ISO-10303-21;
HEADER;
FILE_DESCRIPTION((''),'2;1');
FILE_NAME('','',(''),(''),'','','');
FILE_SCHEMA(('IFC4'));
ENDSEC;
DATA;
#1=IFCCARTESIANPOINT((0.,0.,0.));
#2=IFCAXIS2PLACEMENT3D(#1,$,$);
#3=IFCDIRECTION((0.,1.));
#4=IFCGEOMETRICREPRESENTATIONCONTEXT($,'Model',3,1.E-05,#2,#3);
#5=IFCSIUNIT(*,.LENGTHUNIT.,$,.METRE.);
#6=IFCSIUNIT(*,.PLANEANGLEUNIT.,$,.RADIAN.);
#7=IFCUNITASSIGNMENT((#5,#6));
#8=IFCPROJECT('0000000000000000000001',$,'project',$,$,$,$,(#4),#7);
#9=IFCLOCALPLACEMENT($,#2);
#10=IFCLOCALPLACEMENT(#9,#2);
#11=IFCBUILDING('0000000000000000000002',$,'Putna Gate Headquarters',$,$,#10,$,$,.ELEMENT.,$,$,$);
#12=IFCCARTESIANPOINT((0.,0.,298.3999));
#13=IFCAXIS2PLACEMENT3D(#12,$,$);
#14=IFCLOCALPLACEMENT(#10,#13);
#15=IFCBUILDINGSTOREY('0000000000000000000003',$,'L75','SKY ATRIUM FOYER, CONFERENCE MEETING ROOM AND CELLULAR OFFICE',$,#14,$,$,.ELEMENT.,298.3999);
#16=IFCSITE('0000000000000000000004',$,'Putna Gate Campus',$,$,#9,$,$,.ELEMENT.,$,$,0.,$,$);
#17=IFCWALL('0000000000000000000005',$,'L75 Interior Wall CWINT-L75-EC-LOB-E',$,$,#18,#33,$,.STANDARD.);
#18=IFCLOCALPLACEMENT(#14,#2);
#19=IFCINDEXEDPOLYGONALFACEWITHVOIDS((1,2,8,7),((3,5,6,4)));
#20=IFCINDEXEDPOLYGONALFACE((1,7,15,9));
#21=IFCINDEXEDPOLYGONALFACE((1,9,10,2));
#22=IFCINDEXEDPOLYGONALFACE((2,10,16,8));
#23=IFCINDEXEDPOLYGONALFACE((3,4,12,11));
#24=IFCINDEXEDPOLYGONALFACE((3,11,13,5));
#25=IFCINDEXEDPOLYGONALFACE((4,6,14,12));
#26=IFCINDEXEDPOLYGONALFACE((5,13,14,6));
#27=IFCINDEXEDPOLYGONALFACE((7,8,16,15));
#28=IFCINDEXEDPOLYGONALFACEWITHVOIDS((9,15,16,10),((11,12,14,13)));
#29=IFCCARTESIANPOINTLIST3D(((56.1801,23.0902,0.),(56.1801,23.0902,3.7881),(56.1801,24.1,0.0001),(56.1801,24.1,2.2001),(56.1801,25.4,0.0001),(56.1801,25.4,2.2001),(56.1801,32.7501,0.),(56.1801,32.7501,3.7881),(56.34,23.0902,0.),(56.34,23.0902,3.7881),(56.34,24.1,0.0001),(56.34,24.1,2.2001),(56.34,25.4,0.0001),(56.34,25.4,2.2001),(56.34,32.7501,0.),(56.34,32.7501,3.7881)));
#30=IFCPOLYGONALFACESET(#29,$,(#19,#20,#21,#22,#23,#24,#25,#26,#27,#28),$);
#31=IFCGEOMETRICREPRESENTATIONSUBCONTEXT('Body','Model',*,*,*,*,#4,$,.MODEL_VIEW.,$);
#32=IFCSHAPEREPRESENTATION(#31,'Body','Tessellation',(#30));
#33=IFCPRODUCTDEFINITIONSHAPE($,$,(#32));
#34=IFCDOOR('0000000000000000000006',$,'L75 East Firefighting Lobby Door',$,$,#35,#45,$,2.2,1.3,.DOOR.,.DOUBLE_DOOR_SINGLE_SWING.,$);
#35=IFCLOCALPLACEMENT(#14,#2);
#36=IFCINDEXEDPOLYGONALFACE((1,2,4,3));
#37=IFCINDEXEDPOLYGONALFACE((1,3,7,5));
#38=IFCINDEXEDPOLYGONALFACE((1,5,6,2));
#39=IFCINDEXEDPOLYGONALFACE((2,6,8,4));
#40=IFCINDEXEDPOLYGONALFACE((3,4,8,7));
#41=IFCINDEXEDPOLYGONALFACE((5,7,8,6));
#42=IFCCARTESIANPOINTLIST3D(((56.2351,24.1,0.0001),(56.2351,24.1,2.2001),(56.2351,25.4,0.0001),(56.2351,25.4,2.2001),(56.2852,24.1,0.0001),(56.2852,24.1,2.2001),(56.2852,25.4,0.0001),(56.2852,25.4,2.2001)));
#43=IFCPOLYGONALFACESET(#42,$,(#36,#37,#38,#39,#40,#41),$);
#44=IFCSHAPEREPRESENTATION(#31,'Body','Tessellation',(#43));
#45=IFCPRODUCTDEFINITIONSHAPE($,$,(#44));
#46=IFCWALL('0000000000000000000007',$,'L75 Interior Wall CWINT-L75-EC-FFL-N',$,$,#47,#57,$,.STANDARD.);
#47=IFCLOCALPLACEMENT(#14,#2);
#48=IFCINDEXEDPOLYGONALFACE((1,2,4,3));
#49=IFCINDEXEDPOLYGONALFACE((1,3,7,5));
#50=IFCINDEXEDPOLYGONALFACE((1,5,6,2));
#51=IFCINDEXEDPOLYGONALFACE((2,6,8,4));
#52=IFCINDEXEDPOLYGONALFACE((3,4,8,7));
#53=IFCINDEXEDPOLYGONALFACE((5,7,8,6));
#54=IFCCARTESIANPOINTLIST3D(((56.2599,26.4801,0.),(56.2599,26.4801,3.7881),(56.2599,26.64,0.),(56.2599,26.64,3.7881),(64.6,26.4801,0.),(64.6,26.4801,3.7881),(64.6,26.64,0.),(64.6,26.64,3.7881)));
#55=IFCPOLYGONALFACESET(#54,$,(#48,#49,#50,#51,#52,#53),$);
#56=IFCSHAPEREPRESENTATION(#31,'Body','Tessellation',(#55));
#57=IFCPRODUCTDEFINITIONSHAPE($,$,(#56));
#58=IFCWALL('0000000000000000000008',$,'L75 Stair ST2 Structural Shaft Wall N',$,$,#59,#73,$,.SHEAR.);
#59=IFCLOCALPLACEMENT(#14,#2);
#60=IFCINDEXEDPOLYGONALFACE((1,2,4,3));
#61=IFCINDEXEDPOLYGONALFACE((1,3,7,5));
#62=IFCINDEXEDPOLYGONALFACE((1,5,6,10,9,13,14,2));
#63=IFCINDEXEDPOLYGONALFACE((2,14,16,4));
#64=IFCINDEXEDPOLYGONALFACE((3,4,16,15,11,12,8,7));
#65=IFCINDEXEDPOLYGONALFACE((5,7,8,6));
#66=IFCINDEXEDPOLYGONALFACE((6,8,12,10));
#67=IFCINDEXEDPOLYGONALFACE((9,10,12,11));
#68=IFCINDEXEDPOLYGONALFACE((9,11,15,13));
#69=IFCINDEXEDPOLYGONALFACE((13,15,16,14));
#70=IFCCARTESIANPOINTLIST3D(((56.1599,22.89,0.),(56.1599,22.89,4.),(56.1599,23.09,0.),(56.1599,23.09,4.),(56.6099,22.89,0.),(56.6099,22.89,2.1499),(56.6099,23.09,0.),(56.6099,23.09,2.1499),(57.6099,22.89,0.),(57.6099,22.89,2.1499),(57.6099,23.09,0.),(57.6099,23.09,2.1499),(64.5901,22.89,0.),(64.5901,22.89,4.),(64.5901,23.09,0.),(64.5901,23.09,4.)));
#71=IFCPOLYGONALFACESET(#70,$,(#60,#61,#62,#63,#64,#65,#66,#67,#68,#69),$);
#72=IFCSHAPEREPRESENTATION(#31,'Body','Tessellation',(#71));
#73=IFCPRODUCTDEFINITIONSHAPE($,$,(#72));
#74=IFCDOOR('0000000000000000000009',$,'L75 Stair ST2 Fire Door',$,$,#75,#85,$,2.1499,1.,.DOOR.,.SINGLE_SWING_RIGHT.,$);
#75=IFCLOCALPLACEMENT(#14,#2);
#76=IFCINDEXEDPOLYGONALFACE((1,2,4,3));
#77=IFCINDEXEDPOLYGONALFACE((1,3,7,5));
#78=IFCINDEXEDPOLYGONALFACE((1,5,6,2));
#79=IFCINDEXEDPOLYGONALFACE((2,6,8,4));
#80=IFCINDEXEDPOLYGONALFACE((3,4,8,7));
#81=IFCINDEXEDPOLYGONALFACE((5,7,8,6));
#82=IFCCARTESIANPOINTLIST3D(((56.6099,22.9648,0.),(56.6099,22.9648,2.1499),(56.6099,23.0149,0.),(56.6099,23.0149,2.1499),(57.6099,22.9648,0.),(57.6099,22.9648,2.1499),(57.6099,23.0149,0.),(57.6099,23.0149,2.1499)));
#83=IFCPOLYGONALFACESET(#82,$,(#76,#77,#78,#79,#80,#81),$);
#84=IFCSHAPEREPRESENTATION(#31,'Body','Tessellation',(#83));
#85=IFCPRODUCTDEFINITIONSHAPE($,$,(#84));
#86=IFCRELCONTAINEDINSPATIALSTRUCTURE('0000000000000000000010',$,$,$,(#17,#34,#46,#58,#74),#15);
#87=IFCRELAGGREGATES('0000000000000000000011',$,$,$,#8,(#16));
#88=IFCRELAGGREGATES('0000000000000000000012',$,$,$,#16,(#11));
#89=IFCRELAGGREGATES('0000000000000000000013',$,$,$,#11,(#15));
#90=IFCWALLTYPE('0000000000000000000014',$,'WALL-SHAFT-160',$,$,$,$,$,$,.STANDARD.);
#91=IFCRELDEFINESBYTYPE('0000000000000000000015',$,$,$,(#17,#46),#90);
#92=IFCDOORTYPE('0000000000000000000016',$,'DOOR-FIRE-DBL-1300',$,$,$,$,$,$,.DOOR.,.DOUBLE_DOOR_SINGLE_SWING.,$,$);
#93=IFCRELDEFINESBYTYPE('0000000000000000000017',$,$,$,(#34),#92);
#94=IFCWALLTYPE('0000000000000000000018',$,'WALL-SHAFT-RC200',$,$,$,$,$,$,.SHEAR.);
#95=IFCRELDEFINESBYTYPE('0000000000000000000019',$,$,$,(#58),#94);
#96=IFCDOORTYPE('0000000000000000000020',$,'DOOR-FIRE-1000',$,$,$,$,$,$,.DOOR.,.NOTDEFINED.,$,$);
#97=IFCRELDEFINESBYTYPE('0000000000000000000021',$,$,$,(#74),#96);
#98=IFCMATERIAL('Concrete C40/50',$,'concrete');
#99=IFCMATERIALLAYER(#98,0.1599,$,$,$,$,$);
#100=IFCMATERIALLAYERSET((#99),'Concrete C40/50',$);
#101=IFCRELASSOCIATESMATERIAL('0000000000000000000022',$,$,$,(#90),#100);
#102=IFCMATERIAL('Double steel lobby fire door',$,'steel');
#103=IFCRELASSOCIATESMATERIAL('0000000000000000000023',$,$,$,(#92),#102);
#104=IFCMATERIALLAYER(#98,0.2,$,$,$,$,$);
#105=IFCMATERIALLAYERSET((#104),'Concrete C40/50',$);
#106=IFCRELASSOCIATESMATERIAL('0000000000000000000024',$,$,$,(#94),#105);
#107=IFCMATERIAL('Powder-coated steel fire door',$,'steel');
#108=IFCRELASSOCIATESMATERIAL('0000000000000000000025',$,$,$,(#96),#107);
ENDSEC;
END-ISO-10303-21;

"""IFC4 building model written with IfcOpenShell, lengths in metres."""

from ifc_helpers import new_model, si_unit, direction, frame, frame_2d, origin, place, context, subcontext, project, spatial, rectangle, extrude, material, layer, layer_set, type_object, element, fill, save


model = new_model("IFC4")

# Units and contexts
model_context = context("Model", 3, precision=1e-05, world=origin(), true_north=direction((0.0, 1.0)))
body_context = subcontext(model_context, "Body", "Model", "MODEL_VIEW")
ifc_project = project(units=[si_unit("LENGTHUNIT", "METRE"), si_unit("PLANEANGLEUNIT", "RADIAN")], contexts=[model_context])

# Site, building, storey
site_placement = place(None, origin())
site = spatial("IfcSite", under=ifc_project, at=site_placement, Name="Putna Gate Campus", CompositionType="ELEMENT", RefElevation=0.0)
building_placement = place(site_placement, origin())
building = spatial("IfcBuilding", under=site, at=building_placement, Name="Putna Gate Headquarters", CompositionType="ELEMENT")
storey_placement = place(building_placement, frame((0.0, 0.0, 298.3999)))
storey = spatial("IfcBuildingStorey", under=building, at=storey_placement, Name="L75", Description="SKY ATRIUM FOYER, CONFERENCE MEETING ROOM AND CELLULAR OFFICE", CompositionType="ELEMENT", Elevation=298.3999)

# Wall, opening, door
ifc_material_1 = material(Name="Concrete C40/50", Category="concrete")
ifc_layer_1 = layer(ifc_material_1, 0.1599)
ifc_layer_set_1 = layer_set([ifc_layer_1], Name="Concrete C40/50")
wall_type_1 = type_object("IfcWallType", Name="WALL-SHAFT-160", PredefinedType="STANDARD", material=ifc_layer_set_1)
wall_1_placement = place(storey_placement, frame((56.26, 23.0901, 0.0), z_axis=(0.0, 0.0, 1.0), x_axis=(0.0, 1.0, 0.0)))
wall_1 = element("IfcWall", 1, at=wall_1_placement, inside=storey, type_object=wall_type_1, Name="L75 Interior Wall CWINT-L75-EC-LOB-E", PredefinedType="STANDARD", context=body_context, shape_type="SweptSolid", body=[
    extrude(rectangle(XDim=9.6599, YDim=0.1599, at=frame_2d((4.8301, 0.0))), origin(), (0.0, 0.0, 1.0), 3.7881),
])
opening_1_placement = place(wall_1_placement, frame((1.01, 0.0, 0.0)))
opening_1 = element("IfcOpeningElement", 2, at=opening_1_placement, cuts=wall_1, PredefinedType="OPENING", context=body_context, shape_type="SweptSolid", body=[
    extrude(rectangle(XDim=1.3, YDim=2.2, at=frame_2d((0.6499, 1.1001))), frame((0.0, 0.0898, 0.0), z_axis=(0.0, -1.0, 0.0), x_axis=(1.0, 0.0, 0.0)), (0.0, 0.0, 1.0), 0.1799),
])
ifc_material_2 = material(Name="Double steel lobby fire door", Category="steel")
door_type_1 = type_object("IfcDoorType", Name="DOOR-FIRE-DBL-1300", OperationType="DOUBLE_DOOR_SINGLE_SWING", PredefinedType="DOOR", material=ifc_material_2)
door_1_placement = place(opening_1_placement, origin())
door_1 = element("IfcDoor", 3, at=door_1_placement, inside=storey, type_object=door_type_1, Name="L75 East Firefighting Lobby Door", OperationType="DOUBLE_DOOR_SINGLE_SWING", OverallHeight=2.2, OverallWidth=1.3, PredefinedType="DOOR", context=body_context, shape_type="SweptSolid", body=[
    extrude(rectangle(XDim=1.3, YDim=2.2, at=frame_2d((0.6499, 1.1001))), frame((0.0, 0.0249, 0.0), z_axis=(0.0, -1.0, 0.0), x_axis=(1.0, 0.0, 0.0)), (0.0, 0.0, 1.0), 0.05),
])
fill(opening_1, door_1)

# Wall
wall_2_placement = place(storey_placement, frame((56.26, 26.5601, 0.0), z_axis=(0.0, 0.0, 1.0), x_axis=(1.0, 0.0, 0.0)))
element("IfcWall", 4, at=wall_2_placement, inside=storey, type_object=wall_type_1, Name="L75 Interior Wall CWINT-L75-EC-FFL-N", PredefinedType="STANDARD", context=body_context, shape_type="SweptSolid", body=[
    extrude(rectangle(XDim=8.3401, YDim=0.1599, at=frame_2d((4.1699, 0.0))), origin(), (0.0, 0.0, 1.0), 3.7881),
])

# Wall, opening, door
ifc_layer_2 = layer(ifc_material_1, 0.2)
ifc_layer_set_2 = layer_set([ifc_layer_2], Name="Concrete C40/50")
wall_type_2 = type_object("IfcWallType", Name="WALL-SHAFT-RC200", PredefinedType="SHEAR", material=ifc_layer_set_2)
wall_3_placement = place(storey_placement, frame((56.1599, 22.99, 0.0), z_axis=(0.0, 0.0, 1.0), x_axis=(1.0, 0.0, 0.0)))
wall_3 = element("IfcWall", 5, at=wall_3_placement, inside=storey, type_object=wall_type_2, Name="L75 Stair ST2 Structural Shaft Wall N", PredefinedType="SHEAR", context=body_context, shape_type="SweptSolid", body=[
    extrude(rectangle(XDim=8.4302, YDim=0.2, at=frame_2d((4.2151, 0.0))), origin(), (0.0, 0.0, 1.0), 4.0),
])
opening_2_placement = place(wall_3_placement, frame((0.45, 0.0, 0.0)))
opening_2 = element("IfcOpeningElement", 6, at=opening_2_placement, cuts=wall_3, PredefinedType="OPENING", context=body_context, shape_type="SweptSolid", body=[
    extrude(rectangle(XDim=1.0, YDim=2.1499, at=frame_2d((0.5, 1.075))), frame((0.0, 0.1099, 0.0), z_axis=(0.0, -1.0, 0.0), x_axis=(1.0, 0.0, 0.0)), (0.0, 0.0, 1.0), 0.22),
])
ifc_material_3 = material(Name="Powder-coated steel fire door", Category="steel")
door_type_2 = type_object("IfcDoorType", Name="DOOR-FIRE-1000", OperationType="NOTDEFINED", PredefinedType="DOOR", material=ifc_material_3)
door_2_placement = place(opening_2_placement, origin())
door_2 = element("IfcDoor", 7, at=door_2_placement, inside=storey, type_object=door_type_2, Name="L75 Stair ST2 Fire Door", OperationType="SINGLE_SWING_RIGHT", OverallHeight=2.1499, OverallWidth=1.0, PredefinedType="DOOR", context=body_context, shape_type="SweptSolid", body=[
    extrude(rectangle(XDim=1.0, YDim=2.1499, at=frame_2d((0.5, 1.075))), frame((0.0, 0.0249, 0.0), z_axis=(0.0, -1.0, 0.0), x_axis=(1.0, 0.0, 0.0)), (0.0, 0.0, 1.0), 0.05),
])
fill(opening_2, door_2)

save(model, "model.ifc")
